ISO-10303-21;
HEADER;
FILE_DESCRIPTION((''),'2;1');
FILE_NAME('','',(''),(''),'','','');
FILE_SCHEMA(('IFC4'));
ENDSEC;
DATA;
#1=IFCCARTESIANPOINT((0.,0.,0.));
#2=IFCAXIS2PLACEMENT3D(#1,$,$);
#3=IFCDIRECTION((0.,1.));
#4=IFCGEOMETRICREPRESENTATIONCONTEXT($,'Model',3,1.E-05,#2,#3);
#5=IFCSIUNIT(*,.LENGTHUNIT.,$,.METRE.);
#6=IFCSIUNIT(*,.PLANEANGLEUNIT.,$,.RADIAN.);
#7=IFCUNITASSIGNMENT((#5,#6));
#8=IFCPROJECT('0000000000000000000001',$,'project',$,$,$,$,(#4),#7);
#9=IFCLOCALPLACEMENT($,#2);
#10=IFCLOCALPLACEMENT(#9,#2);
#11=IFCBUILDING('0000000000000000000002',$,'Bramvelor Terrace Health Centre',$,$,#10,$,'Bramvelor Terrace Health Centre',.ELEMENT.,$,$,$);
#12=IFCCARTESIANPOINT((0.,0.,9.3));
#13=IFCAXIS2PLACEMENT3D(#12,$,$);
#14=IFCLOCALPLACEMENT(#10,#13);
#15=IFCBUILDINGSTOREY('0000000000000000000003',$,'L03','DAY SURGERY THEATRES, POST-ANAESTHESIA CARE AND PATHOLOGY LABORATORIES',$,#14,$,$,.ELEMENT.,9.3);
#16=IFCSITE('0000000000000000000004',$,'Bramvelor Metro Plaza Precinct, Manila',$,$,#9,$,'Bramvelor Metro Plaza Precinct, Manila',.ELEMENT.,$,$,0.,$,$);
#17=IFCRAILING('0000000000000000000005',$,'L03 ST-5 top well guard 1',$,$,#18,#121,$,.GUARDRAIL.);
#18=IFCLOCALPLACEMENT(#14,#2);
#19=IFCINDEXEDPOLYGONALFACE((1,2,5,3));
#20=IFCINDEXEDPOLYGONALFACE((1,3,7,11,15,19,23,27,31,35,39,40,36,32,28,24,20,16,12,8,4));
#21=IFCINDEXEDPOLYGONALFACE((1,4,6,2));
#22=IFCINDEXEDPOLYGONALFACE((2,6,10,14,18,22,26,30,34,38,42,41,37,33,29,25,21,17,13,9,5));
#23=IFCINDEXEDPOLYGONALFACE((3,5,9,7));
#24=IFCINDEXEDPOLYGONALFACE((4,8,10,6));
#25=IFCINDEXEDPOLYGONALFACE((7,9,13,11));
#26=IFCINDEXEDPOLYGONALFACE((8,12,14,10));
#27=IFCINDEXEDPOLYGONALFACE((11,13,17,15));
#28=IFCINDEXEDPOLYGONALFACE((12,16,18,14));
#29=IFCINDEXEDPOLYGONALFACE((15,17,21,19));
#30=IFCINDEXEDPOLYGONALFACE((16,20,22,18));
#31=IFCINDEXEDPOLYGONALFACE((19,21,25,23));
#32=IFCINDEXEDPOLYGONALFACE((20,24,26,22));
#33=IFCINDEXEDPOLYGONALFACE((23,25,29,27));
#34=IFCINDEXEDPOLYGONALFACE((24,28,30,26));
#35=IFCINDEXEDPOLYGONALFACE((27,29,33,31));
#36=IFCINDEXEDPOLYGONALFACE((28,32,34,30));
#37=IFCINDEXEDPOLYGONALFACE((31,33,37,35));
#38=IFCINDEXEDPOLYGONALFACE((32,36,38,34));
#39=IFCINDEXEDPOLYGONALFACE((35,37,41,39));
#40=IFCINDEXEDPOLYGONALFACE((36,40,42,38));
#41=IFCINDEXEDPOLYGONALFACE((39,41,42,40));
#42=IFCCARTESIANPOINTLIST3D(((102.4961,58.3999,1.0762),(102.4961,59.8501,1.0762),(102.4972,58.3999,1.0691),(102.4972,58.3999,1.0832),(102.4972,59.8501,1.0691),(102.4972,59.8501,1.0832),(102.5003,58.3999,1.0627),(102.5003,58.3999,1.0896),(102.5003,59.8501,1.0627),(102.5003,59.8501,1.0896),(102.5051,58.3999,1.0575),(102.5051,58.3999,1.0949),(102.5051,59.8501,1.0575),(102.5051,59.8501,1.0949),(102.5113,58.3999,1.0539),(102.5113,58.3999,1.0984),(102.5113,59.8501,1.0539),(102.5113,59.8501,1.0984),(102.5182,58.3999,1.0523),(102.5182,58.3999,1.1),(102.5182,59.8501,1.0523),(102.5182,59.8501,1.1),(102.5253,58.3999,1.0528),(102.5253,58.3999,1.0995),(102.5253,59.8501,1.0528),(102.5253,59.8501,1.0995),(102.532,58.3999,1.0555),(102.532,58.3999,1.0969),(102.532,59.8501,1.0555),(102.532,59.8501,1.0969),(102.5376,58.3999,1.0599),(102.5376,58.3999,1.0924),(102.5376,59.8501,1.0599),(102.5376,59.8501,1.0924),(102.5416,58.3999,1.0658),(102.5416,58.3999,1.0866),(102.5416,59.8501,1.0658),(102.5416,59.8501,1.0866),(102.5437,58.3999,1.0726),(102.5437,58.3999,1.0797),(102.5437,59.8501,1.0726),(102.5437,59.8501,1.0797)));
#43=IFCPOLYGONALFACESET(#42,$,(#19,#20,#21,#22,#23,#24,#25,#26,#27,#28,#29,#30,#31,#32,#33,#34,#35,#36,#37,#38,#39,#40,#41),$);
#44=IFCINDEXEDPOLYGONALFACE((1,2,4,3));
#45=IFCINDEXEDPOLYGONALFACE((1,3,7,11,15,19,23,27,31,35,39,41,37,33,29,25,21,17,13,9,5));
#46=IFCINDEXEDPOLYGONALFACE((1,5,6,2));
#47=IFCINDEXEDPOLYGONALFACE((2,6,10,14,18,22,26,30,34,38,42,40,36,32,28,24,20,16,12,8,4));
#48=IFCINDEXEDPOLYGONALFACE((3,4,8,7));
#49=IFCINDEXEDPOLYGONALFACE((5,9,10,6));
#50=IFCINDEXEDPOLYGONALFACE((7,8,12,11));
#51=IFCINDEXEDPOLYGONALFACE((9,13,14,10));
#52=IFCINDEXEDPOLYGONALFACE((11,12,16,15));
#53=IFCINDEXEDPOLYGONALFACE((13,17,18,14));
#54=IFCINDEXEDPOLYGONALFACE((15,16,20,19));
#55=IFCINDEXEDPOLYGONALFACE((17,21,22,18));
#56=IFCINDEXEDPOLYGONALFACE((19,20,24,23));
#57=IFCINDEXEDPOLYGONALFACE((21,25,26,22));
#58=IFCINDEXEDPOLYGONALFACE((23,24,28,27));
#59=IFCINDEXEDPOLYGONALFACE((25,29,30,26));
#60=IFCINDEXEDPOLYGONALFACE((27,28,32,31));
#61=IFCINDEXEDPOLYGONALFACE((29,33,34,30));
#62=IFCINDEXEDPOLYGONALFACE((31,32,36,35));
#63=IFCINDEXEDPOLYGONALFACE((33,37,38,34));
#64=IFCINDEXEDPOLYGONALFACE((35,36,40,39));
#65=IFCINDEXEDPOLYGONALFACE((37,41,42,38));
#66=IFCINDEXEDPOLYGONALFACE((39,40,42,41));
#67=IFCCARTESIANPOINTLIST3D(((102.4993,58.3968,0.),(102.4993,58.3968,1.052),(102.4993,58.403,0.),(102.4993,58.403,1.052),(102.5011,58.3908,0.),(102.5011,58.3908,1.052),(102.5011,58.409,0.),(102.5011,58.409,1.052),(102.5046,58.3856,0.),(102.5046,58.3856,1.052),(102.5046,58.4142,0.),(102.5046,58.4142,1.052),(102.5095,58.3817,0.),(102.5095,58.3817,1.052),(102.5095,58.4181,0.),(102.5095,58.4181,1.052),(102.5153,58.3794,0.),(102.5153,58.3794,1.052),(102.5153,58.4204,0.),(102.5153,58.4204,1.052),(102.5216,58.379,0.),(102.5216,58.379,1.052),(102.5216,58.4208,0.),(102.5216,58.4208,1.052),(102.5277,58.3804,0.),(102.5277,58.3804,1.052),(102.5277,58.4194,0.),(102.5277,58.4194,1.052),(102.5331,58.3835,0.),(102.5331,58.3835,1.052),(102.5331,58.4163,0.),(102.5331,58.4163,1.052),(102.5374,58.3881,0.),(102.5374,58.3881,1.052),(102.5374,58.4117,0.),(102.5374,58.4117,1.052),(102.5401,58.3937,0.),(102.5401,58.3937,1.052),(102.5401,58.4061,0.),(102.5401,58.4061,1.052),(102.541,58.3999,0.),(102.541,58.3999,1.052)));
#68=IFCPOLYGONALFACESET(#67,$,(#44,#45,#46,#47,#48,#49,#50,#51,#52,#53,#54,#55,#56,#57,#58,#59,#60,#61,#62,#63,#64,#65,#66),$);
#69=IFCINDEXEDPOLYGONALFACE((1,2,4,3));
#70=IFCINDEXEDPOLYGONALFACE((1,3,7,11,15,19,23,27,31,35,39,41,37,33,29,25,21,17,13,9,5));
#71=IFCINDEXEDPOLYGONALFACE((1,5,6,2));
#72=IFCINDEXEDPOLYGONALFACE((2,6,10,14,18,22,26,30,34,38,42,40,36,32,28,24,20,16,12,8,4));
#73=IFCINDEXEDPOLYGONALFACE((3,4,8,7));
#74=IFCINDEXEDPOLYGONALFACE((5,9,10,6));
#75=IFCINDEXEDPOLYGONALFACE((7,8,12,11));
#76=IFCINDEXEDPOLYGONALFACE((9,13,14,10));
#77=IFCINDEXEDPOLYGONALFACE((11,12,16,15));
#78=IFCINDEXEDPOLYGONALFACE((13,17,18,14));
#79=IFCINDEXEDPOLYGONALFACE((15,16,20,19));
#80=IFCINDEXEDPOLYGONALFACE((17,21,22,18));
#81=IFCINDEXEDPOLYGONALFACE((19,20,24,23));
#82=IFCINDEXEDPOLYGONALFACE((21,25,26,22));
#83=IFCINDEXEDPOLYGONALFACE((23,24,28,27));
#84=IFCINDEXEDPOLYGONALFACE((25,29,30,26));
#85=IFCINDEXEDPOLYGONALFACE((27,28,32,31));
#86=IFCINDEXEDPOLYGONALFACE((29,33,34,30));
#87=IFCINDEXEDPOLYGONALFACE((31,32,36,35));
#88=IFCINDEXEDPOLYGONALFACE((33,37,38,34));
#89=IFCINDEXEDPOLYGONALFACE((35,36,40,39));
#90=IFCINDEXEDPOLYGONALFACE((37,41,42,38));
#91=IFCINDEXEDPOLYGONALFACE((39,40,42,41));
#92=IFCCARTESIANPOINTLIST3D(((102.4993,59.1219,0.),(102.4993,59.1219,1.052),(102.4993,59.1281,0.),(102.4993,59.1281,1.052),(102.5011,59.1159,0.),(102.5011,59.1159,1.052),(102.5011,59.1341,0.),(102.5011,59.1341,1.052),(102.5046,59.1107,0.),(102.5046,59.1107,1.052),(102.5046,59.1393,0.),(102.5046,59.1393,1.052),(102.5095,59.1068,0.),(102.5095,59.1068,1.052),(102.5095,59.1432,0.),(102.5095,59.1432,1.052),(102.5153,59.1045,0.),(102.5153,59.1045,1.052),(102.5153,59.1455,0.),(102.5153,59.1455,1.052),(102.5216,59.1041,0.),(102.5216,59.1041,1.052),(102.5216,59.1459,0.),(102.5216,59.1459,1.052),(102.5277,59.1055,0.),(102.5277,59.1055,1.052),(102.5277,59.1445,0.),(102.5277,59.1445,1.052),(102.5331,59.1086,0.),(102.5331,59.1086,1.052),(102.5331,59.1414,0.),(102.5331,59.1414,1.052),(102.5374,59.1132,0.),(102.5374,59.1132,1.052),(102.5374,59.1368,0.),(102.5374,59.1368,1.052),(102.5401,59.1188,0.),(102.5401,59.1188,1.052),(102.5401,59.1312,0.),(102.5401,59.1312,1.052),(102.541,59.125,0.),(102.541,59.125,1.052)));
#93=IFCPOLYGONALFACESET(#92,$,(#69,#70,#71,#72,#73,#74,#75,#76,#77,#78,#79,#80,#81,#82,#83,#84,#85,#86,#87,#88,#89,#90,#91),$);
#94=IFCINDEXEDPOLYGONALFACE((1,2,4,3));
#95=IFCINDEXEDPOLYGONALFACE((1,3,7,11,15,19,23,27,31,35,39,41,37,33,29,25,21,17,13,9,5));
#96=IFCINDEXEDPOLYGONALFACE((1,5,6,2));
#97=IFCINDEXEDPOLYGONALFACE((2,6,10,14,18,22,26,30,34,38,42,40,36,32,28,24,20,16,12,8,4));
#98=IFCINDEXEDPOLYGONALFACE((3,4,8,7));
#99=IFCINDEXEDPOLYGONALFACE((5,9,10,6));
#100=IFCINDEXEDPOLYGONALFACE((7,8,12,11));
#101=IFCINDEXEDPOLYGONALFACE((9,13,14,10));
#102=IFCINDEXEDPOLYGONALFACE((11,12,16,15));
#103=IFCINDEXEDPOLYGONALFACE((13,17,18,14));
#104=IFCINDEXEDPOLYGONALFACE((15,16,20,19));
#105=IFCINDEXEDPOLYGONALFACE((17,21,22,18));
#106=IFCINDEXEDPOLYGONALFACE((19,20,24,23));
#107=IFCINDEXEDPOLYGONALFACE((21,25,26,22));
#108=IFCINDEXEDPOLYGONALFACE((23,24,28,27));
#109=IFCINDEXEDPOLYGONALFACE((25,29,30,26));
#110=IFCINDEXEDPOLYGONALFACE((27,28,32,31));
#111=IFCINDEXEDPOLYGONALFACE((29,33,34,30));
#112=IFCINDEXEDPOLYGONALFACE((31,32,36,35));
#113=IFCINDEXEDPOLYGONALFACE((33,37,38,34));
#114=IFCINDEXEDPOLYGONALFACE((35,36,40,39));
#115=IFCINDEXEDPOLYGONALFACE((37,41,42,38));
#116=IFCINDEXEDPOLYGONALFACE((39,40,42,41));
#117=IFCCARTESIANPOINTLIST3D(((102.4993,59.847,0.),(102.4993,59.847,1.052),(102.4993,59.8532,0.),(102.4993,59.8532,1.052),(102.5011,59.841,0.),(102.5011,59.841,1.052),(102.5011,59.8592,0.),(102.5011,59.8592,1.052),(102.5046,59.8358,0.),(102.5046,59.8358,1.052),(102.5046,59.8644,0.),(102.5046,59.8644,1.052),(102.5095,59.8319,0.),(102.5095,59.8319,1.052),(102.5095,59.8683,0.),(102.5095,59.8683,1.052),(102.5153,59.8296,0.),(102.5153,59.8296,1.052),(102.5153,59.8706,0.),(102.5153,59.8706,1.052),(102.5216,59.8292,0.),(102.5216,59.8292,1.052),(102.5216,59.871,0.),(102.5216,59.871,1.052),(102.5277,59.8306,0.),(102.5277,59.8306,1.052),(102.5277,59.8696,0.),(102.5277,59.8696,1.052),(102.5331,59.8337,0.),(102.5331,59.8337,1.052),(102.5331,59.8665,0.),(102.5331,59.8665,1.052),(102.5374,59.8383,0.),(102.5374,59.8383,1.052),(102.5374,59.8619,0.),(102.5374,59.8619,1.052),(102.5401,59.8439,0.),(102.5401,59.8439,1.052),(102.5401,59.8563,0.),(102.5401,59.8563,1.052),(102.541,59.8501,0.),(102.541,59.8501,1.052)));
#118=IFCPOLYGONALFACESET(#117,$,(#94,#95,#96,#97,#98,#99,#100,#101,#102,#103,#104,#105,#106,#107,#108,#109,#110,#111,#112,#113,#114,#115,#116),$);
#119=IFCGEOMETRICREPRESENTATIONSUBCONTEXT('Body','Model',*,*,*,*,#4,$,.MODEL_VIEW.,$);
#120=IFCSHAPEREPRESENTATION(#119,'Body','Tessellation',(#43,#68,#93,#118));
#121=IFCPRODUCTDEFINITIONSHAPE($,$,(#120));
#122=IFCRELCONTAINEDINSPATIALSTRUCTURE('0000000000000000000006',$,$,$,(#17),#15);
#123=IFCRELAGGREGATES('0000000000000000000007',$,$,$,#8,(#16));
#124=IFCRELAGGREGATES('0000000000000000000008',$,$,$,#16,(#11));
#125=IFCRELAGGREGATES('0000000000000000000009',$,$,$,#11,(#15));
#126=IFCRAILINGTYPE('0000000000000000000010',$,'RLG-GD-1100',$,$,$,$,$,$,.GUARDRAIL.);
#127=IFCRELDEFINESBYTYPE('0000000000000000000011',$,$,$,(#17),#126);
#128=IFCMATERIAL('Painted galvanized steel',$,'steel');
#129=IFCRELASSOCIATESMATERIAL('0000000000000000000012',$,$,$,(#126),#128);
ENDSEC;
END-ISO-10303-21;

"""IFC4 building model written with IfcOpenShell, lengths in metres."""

from ifc_helpers import new_model, si_unit, direction, frame, origin, origin_2d, place, context, subcontext, project, spatial, circle, extrude, material, type_object, element, save


model = new_model("IFC4")

# Units and contexts
model_context = context("Model", 3, precision=1e-05, world=origin(), true_north=direction((0.0, 1.0)))
body_context = subcontext(model_context, "Body", "Model", "MODEL_VIEW")
ifc_project = project(units=[si_unit("LENGTHUNIT", "METRE"), si_unit("PLANEANGLEUNIT", "RADIAN")], contexts=[model_context])

# Site, building, storey
site_placement = place(None, origin())
site = spatial("IfcSite", under=ifc_project, at=site_placement, Name="Bramvelor Metro Plaza Precinct, Manila", LongName="Bramvelor Metro Plaza Precinct, Manila", CompositionType="ELEMENT", RefElevation=0.0)
building_placement = place(site_placement, origin())
building = spatial("IfcBuilding", under=site, at=building_placement, Name="Bramvelor Terrace Health Centre", LongName="Bramvelor Terrace Health Centre", CompositionType="ELEMENT")
storey_placement = place(building_placement, frame((0.0, 0.0, 9.3)))
storey = spatial("IfcBuildingStorey", under=building, at=storey_placement, Name="L03", Description="DAY SURGERY THEATRES, POST-ANAESTHESIA CARE AND PATHOLOGY LABORATORIES", CompositionType="ELEMENT", Elevation=9.3)

# Railing
ifc_material_1 = material(Name="Painted galvanized steel", Category="steel")
railing_type = type_object("IfcRailingType", Name="RLG-GD-1100", PredefinedType="GUARDRAIL", material=ifc_material_1)
railing_placement = place(storey_placement, frame((102.52, 58.3999, 0.0)))
element("IfcRailing", 1, at=railing_placement, inside=storey, type_object=railing_type, Name="L03 ST-5 top well guard 1", PredefinedType="GUARDRAIL", context=body_context, shape_type="SweptSolid", body=[
    extrude(circle(Radius=0.0239, at=origin_2d()), frame((0.0, 0.0, 1.0762), z_axis=(0.0, 1.0, 0.0), x_axis=(-1.0, 0.0, 0.0)), (0.0, 0.0, 1.0), 1.4502),
    extrude(circle(Radius=0.021, at=origin_2d()), origin(), (0.0, 0.0, 1.0), 1.052),
    extrude(circle(Radius=0.021, at=origin_2d()), frame((0.0, 0.7251, 0.0)), (0.0, 0.0, 1.0), 1.052),
    extrude(circle(Radius=0.021, at=origin_2d()), frame((0.0, 1.4502, 0.0)), (0.0, 0.0, 1.0), 1.052),
])

save(model, "model.ifc")
